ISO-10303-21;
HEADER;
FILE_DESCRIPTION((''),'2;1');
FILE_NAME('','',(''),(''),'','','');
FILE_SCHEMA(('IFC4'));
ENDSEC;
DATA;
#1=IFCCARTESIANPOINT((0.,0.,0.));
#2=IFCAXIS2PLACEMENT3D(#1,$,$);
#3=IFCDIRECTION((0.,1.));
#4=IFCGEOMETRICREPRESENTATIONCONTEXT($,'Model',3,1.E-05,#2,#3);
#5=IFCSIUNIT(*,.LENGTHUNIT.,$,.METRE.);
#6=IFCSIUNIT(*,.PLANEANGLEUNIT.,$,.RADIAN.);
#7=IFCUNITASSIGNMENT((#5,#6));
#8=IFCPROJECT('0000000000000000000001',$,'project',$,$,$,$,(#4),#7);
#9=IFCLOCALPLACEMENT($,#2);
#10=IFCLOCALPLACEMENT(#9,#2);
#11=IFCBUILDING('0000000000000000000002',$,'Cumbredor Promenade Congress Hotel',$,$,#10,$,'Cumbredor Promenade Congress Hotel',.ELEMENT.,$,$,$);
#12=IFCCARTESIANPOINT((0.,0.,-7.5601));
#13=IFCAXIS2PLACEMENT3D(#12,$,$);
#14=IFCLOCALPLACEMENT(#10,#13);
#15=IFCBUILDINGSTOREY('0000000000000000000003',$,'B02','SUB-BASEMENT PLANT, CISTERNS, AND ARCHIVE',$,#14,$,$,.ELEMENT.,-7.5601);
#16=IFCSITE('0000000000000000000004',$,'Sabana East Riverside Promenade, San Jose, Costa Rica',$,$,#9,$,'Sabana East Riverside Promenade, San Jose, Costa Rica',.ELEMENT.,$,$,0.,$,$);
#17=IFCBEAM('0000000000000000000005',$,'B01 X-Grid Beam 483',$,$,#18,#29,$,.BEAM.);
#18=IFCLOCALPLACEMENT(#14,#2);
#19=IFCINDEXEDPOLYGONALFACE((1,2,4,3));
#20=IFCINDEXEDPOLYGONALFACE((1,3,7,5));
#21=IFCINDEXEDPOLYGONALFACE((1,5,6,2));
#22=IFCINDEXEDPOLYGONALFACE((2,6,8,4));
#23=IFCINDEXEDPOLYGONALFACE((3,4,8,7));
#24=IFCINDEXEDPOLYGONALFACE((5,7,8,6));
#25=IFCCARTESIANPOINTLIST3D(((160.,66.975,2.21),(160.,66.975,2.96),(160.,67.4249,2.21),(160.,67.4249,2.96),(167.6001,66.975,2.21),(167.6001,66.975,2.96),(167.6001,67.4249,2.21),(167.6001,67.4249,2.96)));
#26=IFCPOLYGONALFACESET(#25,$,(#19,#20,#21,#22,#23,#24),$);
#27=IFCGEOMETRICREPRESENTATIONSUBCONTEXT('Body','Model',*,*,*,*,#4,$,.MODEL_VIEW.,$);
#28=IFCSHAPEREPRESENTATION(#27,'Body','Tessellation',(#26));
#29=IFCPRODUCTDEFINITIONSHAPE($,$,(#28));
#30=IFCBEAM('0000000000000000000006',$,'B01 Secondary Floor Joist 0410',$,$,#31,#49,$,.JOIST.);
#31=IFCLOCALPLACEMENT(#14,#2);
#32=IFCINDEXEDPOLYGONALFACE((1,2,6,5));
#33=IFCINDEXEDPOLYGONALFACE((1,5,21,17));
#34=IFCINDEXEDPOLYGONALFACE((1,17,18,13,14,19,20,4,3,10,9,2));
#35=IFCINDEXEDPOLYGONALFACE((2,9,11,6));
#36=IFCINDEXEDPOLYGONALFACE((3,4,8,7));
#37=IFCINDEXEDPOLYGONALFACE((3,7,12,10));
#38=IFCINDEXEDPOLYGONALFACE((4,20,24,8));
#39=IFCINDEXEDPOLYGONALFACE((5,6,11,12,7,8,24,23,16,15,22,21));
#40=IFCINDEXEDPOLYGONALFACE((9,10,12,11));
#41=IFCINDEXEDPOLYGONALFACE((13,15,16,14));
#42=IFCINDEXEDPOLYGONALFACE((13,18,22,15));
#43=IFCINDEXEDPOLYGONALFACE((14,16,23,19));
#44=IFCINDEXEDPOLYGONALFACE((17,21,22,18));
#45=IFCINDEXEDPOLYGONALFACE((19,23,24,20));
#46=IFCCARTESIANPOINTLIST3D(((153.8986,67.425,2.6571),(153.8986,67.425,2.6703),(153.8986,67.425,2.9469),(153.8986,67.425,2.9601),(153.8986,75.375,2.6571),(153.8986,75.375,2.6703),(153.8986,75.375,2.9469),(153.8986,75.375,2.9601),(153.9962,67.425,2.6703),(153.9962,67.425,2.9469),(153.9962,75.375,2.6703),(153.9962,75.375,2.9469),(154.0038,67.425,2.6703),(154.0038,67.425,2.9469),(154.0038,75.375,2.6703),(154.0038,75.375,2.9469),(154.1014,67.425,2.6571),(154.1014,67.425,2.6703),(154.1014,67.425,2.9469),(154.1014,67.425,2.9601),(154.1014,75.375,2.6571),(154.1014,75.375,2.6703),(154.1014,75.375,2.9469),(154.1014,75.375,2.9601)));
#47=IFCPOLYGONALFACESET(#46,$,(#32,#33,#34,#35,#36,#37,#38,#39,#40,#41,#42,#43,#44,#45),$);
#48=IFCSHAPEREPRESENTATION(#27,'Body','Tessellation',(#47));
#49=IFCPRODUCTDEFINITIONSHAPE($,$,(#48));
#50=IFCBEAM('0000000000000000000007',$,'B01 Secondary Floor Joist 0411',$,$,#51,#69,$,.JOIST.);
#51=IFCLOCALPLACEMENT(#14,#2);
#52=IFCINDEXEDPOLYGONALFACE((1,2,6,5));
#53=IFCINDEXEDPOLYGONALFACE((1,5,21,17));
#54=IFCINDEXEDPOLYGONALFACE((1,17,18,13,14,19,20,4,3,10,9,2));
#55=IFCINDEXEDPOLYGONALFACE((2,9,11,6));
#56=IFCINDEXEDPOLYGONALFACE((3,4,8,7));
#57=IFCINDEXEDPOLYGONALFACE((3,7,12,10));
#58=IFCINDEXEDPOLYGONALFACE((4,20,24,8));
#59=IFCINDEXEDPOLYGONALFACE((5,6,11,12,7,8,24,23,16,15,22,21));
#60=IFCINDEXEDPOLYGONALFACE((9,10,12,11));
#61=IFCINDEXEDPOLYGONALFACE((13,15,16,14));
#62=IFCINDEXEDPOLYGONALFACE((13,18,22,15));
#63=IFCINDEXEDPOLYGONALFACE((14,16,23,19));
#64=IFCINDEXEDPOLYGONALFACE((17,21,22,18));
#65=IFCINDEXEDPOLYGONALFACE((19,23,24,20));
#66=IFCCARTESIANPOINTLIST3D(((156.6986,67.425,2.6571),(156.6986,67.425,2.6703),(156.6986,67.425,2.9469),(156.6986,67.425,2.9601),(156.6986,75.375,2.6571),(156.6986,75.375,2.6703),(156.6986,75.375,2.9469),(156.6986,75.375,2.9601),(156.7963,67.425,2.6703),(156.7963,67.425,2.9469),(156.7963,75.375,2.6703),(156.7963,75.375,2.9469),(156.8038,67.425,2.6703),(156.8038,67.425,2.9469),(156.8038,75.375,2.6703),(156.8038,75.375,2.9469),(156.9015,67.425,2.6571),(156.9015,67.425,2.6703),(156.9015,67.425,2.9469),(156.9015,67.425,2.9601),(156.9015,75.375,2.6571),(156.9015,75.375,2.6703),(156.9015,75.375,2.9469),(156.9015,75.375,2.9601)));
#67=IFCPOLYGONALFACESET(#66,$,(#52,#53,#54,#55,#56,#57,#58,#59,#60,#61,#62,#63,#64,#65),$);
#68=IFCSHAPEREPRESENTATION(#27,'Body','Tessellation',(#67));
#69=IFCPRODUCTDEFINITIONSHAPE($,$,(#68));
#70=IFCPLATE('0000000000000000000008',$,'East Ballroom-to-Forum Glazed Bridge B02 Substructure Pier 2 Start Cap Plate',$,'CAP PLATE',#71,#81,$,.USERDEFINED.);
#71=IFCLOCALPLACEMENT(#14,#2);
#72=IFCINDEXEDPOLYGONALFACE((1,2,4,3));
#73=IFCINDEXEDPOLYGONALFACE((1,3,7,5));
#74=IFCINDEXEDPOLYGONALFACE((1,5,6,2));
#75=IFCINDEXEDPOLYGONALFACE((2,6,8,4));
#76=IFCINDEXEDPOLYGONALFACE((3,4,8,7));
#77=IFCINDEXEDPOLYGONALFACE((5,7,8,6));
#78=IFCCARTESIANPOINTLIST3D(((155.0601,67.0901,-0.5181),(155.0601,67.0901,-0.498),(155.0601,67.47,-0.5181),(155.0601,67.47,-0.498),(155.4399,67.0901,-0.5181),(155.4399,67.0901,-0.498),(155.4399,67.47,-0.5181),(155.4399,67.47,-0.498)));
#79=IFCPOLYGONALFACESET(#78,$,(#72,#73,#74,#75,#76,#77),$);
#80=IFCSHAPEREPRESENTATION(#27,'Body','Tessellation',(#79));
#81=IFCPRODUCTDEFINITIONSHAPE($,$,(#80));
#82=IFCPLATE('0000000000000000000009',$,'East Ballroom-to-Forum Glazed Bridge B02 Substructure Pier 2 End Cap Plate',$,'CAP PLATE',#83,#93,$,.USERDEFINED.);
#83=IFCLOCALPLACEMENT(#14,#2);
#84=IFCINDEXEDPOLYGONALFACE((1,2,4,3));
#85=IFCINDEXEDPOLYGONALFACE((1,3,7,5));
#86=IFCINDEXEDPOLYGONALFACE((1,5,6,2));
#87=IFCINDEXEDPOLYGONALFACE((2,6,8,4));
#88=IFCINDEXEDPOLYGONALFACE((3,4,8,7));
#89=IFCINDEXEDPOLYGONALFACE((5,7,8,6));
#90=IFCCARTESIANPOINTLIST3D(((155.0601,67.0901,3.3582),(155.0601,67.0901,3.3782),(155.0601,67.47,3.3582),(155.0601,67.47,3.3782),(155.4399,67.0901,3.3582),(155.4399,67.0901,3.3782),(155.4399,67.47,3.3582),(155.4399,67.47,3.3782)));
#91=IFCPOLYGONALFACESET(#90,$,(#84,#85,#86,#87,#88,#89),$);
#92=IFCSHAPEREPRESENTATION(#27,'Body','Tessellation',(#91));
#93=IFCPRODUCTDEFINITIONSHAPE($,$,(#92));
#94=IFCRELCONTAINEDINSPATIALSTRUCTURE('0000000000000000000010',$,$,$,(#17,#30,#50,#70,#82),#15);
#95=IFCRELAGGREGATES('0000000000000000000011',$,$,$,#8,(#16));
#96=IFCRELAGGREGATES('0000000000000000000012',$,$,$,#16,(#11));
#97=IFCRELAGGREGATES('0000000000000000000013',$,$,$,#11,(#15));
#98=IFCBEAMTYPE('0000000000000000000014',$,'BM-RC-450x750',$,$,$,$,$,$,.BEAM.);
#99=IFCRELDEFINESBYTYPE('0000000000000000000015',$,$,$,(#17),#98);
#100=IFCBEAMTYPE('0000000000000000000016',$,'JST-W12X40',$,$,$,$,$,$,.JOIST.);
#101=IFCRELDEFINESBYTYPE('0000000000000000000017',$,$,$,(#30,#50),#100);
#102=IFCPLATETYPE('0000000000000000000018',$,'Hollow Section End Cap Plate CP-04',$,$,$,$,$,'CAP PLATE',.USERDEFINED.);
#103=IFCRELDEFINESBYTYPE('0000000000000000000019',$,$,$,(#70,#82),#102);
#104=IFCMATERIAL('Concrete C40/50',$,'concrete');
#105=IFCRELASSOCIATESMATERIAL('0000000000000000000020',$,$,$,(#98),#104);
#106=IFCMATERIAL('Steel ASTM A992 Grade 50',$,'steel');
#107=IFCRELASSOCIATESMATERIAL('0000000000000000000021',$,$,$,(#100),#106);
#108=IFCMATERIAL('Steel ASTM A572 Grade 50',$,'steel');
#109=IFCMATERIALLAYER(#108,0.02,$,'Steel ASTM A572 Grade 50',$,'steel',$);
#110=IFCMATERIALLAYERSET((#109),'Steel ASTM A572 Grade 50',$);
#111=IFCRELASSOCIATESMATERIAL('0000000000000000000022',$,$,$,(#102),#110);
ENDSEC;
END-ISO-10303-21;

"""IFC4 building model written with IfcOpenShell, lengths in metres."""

from ifc_helpers import new_model, si_unit, direction, frame, origin, origin_2d, place, context, subcontext, project, spatial, rectangle, i_section, extrude, material, layer, layer_set, material_profile, profile_set, type_object, element, save


model = new_model("IFC4")

# Units and contexts
model_context = context("Model", 3, precision=1e-05, world=origin(), true_north=direction((0.0, 1.0)))
body_context = subcontext(model_context, "Body", "Model", "MODEL_VIEW")
ifc_project = project(units=[si_unit("LENGTHUNIT", "METRE"), si_unit("PLANEANGLEUNIT", "RADIAN")], contexts=[model_context])

# Site, building, storey
site_placement = place(None, origin())
site = spatial("IfcSite", under=ifc_project, at=site_placement, Name="Sabana East Riverside Promenade, San Jose, Costa Rica", LongName="Sabana East Riverside Promenade, San Jose, Costa Rica", CompositionType="ELEMENT", RefElevation=0.0)
building_placement = place(site_placement, origin())
building = spatial("IfcBuilding", under=site, at=building_placement, Name="Cumbredor Promenade Congress Hotel", LongName="Cumbredor Promenade Congress Hotel", CompositionType="ELEMENT")
storey_placement = place(building_placement, frame((0.0, 0.0, -7.5601)))
storey = spatial("IfcBuildingStorey", under=building, at=storey_placement, Name="B02", Description="SUB-BASEMENT PLANT, CISTERNS, AND ARCHIVE", CompositionType="ELEMENT", Elevation=-7.5601)

# Shared definitions
ifc_material_1 = material(Name="Concrete C40/50", Category="concrete")

# Beams
ifc_material_profile_1 = material_profile(ifc_material_1, rectangle(XDim=0.45, YDim=0.75, at=origin_2d()), Name="RC BEAM 450x750")
ifc_profile_set_1 = profile_set([ifc_material_profile_1], Name="Concrete C40/50")
beam_type_1 = type_object("IfcBeamType", Name="BM-RC-450x750", PredefinedType="BEAM", material=ifc_profile_set_1)
beam_1_placement = place(storey_placement, frame((160.0, 67.2, 2.585), z_axis=(1.0, 0.0, 0.0), x_axis=(0.0, 1.0, 0.0)))
element("IfcBeam", 1, at=beam_1_placement, inside=storey, type_object=beam_type_1, Name="B01 X-Grid Beam 483", PredefinedType="BEAM", context=body_context, shape_type="SweptSolid", body=[
    extrude(rectangle(XDim=0.45, YDim=0.75, at=origin_2d()), origin(), (0.0, 0.0, 1.0), 7.6001),
])
ifc_material_2 = material(Name="Steel ASTM A992 Grade 50", Category="steel")
ifc_material_profile_2 = material_profile(ifc_material_2, i_section(OverallWidth=0.2029, OverallDepth=0.303, WebThickness=0.0076, FlangeThickness=0.0132, at=origin_2d()), Name="W12X40")
ifc_profile_set_2 = profile_set([ifc_material_profile_2], Name="Steel ASTM A992 Grade 50")
beam_type_2 = type_object("IfcBeamType", Name="JST-W12X40", PredefinedType="JOIST", material=ifc_profile_set_2)
for number, where, z_axis, x_axis, name in (
    (2, (154.0, 67.425, 2.8086), (0.0, 1.0, 0.0), (-1.0, 0.0, 0.0), "B01 Secondary Floor Joist 0410"),
    (3, (156.8, 67.425, 2.8086), (0.0, 1.0, 0.0), (-1.0, 0.0, 0.0), "B01 Secondary Floor Joist 0411"),
):
    element("IfcBeam", number, at=place(storey_placement, frame(where, z_axis=z_axis, x_axis=x_axis)), inside=storey, type_object=beam_type_2, Name=name, PredefinedType="JOIST", context=body_context, shape_type="SweptSolid", body=[
        extrude(i_section(OverallWidth=0.2029, OverallDepth=0.303, WebThickness=0.0076, FlangeThickness=0.0132, at=origin_2d()), origin(), (0.0, 0.0, 1.0), 7.95),
    ])

# Plates
ifc_material_3 = material(Name="Steel ASTM A572 Grade 50", Category="steel")
ifc_layer = layer(ifc_material_3, 0.02, Name="Steel ASTM A572 Grade 50", Category="steel")
ifc_layer_set = layer_set([ifc_layer], Name="Steel ASTM A572 Grade 50")
plate_type = type_object("IfcPlateType", Name="Hollow Section End Cap Plate CP-04", ElementType="CAP PLATE", PredefinedType="USERDEFINED", material=ifc_layer_set)
for number, where, z_axis, x_axis, name in (
    (4, (155.25, 67.28, -0.5181), (0.0, 0.0, 1.0), (1.0, 0.0, 0.0), "East Ballroom-to-Forum Glazed Bridge B02 Substructure Pier 2 Start Cap Plate"),
    (5, (155.25, 67.28, 3.3582), (0.0, 0.0, 1.0), (1.0, 0.0, 0.0), "East Ballroom-to-Forum Glazed Bridge B02 Substructure Pier 2 End Cap Plate"),
):
    element("IfcPlate", number, at=place(storey_placement, frame(where, z_axis=z_axis, x_axis=x_axis)), inside=storey, type_object=plate_type, Name=name, ObjectType="CAP PLATE", PredefinedType="USERDEFINED", context=body_context, shape_type="SweptSolid", body=[
        extrude(rectangle(XDim=0.3799, YDim=0.3799, at=origin_2d()), origin(), (0.0, 0.0, 1.0), 0.02),
    ])

save(model, "model.ifc")
